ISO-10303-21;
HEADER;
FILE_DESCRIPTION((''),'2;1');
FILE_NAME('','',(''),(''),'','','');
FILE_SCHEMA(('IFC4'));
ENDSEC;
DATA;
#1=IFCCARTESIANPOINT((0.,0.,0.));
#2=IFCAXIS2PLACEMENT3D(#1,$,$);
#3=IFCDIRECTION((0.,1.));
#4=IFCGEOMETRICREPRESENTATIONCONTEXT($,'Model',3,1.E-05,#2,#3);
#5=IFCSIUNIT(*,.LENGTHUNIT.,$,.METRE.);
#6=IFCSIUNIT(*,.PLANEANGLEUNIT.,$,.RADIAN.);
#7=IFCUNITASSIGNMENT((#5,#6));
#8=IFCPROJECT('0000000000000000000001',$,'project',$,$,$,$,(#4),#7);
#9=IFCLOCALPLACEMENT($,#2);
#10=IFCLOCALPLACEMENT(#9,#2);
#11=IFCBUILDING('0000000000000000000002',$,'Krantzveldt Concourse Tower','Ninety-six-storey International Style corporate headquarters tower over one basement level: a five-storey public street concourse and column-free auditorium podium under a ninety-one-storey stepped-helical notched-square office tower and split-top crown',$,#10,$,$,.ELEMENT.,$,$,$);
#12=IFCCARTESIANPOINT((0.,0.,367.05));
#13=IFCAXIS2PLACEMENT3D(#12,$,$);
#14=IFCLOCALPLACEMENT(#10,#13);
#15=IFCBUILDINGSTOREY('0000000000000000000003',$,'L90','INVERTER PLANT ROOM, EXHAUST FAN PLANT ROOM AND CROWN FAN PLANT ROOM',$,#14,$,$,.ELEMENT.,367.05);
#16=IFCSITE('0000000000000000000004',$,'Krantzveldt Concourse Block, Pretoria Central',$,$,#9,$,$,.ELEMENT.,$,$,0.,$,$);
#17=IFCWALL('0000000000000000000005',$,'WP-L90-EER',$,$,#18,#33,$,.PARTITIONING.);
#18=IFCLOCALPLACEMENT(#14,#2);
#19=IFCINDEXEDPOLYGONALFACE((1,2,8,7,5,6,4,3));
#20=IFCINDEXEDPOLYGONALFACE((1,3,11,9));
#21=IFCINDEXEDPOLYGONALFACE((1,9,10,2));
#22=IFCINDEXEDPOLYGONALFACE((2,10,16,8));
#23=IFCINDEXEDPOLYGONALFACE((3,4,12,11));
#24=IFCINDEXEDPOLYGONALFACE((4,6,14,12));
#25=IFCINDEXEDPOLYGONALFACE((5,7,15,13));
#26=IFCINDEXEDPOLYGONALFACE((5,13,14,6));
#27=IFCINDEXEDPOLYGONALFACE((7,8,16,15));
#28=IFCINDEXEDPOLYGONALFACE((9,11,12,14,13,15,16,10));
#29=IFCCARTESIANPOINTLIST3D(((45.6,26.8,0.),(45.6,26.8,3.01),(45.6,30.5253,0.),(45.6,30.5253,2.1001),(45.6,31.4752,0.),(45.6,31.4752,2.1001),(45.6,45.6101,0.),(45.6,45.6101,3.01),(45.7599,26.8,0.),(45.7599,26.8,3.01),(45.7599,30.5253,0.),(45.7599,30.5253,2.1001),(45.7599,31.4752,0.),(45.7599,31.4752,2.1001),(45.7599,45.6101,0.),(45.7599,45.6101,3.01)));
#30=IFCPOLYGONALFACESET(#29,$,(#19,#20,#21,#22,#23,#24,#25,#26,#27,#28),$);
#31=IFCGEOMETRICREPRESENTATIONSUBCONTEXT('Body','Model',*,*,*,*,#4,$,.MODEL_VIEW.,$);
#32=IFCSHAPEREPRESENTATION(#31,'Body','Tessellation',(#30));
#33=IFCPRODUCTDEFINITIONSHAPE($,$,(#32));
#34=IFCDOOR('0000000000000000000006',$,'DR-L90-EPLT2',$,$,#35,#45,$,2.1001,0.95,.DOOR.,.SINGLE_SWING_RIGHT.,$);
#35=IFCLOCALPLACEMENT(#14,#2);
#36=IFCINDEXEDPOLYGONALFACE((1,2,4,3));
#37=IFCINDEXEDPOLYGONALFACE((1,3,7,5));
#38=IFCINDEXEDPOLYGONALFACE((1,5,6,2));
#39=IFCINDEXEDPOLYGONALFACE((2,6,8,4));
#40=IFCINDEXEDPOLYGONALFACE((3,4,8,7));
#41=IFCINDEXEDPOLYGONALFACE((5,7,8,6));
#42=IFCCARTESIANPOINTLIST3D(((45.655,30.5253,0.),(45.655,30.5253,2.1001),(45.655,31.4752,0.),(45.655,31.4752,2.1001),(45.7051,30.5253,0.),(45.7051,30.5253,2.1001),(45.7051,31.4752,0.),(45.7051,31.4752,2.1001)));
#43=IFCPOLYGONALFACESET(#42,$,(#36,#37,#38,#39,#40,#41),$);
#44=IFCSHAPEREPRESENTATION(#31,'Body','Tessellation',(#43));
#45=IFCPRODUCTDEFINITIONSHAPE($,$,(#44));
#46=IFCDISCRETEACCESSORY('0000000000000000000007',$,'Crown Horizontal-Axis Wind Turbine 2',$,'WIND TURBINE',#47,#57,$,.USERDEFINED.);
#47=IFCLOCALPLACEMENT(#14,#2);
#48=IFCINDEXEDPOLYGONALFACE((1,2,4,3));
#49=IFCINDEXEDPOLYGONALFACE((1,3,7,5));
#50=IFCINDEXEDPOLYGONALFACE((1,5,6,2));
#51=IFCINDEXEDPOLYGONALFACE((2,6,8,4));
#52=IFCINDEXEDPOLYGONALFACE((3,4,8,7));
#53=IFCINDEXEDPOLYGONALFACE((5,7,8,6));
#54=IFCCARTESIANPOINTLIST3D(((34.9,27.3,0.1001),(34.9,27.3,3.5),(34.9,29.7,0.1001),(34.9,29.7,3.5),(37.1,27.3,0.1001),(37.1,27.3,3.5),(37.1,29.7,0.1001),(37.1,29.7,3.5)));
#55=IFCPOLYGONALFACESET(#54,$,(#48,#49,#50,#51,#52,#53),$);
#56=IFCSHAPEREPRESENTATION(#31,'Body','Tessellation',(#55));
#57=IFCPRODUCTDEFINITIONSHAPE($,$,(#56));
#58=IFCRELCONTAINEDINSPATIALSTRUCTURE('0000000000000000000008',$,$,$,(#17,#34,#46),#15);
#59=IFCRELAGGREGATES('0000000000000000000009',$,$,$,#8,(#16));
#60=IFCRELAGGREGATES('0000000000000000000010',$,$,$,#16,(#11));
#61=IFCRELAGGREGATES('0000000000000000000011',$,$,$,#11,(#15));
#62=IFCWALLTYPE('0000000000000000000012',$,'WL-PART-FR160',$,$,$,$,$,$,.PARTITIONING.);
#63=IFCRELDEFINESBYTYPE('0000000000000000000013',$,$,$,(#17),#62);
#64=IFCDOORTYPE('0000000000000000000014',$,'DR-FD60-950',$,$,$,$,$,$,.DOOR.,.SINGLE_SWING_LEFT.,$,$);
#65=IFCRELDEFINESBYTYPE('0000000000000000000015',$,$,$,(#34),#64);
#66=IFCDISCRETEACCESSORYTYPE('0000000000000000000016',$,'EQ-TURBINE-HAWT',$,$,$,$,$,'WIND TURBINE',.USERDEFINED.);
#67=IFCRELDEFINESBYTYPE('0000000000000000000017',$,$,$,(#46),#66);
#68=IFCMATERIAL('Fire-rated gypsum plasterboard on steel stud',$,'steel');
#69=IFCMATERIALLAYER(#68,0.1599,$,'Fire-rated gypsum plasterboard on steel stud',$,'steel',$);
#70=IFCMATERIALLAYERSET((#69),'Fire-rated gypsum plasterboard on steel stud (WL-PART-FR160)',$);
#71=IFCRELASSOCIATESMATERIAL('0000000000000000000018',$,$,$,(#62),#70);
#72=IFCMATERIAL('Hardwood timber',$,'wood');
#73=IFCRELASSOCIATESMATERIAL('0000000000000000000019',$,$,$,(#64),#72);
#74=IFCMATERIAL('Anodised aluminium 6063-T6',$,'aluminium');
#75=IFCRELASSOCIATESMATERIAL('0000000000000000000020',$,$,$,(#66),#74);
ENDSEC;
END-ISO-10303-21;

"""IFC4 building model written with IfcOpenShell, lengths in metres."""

from ifc_helpers import new_model, si_unit, direction, frame, frame_2d, origin, origin_2d, place, context, subcontext, project, spatial, rectangle, extrude, source, transform, mapped, material, layer, layer_set, type_object, type_shapes, element, fill, save


model = new_model("IFC4")

# Units and contexts
model_context = context("Model", 3, precision=1e-05, world=origin(), true_north=direction((0.0, 1.0)))
body_context = subcontext(model_context, "Body", "Model", "MODEL_VIEW")
ifc_project = project(units=[si_unit("LENGTHUNIT", "METRE"), si_unit("PLANEANGLEUNIT", "RADIAN")], contexts=[model_context])

# Site, building, storey
site_placement = place(None, origin())
site = spatial("IfcSite", under=ifc_project, at=site_placement, Name="Krantzveldt Concourse Block, Pretoria Central", CompositionType="ELEMENT", RefElevation=0.0)
building_placement = place(site_placement, origin())
building = spatial("IfcBuilding", under=site, at=building_placement, Name="Krantzveldt Concourse Tower", Description="Ninety-six-storey International Style corporate headquarters tower over one basement level: a five-storey public street concourse and column-free auditorium podium under a ninety-one-storey stepped-helical notched-square office tower and split-top crown", CompositionType="ELEMENT")
storey_placement = place(building_placement, frame((0.0, 0.0, 367.05)))
storey = spatial("IfcBuildingStorey", under=building, at=storey_placement, Name="L90", Description="INVERTER PLANT ROOM, EXHAUST FAN PLANT ROOM AND CROWN FAN PLANT ROOM", CompositionType="ELEMENT", Elevation=367.05)

# Shared definitions
ifc_material_1 = material(Name="Anodised aluminium 6063-T6", Category="aluminium")

# Shared definitions
ifc_material_2 = material(Name="Fire-rated gypsum plasterboard on steel stud", Category="steel")

# Shared definitions
ifc_layer_1 = layer(ifc_material_2, 0.1599, Name="Fire-rated gypsum plasterboard on steel stud", Category="steel")
ifc_layer_set_1 = layer_set([ifc_layer_1], Name="Fire-rated gypsum plasterboard on steel stud (WL-PART-FR160)")
wall_type_1 = type_object("IfcWallType", Name="WL-PART-FR160", PredefinedType="PARTITIONING", material=ifc_layer_set_1)

# Wall, opening, door
wall_1_placement = place(storey_placement, frame((45.6799, 26.8, 0.0), z_axis=(0.0, 0.0, 1.0), x_axis=(0.0, 1.0, 0.0)))
wall_1 = element("IfcWall", 1, at=wall_1_placement, inside=storey, type_object=wall_type_1, Name="WP-L90-EER", PredefinedType="PARTITIONING", context=body_context, shape_type="SweptSolid", body=[
    extrude(rectangle(XDim=18.8101, YDim=0.1599, at=frame_2d((9.405, 0.0))), origin(), (0.0, 0.0, 1.0), 3.01),
])
opening_1_placement = place(wall_1_placement, frame((3.7251, 0.0, 0.0)))
opening_1 = element("IfcOpeningElement", 2, at=opening_1_placement, cuts=wall_1, PredefinedType="OPENING", context=body_context, shape_type="SweptSolid", body=[
    extrude(rectangle(XDim=0.95, YDim=2.1001, at=frame_2d((0.4751, 1.05))), frame((0.0, 0.0898, 0.0), z_axis=(0.0, -1.0, 0.0), x_axis=(1.0, 0.0, 0.0)), (0.0, 0.0, 1.0), 0.1799),
])
ifc_material_3 = material(Name="Hardwood timber", Category="wood")
door_type_1 = type_object("IfcDoorType", Name="DR-FD60-950", OperationType="SINGLE_SWING_LEFT", PredefinedType="DOOR", material=ifc_material_3)
door_1_placement = place(opening_1_placement, origin())
door_1 = element("IfcDoor", 3, at=door_1_placement, inside=storey, type_object=door_type_1, Name="DR-L90-EPLT2", OperationType="SINGLE_SWING_RIGHT", OverallHeight=2.1001, OverallWidth=0.95, PredefinedType="DOOR", context=body_context, shape_type="SweptSolid", body=[
    extrude(rectangle(XDim=0.95, YDim=2.1001, at=frame_2d((0.4751, 1.05))), frame((0.0, 0.0249, 0.0), z_axis=(0.0, -1.0, 0.0), x_axis=(1.0, 0.0, 0.0)), (0.0, 0.0, 1.0), 0.05),
])
fill(opening_1, door_1)

# Discrete accessory
discrete_accessory_type = type_object("IfcDiscreteAccessoryType", Name="EQ-TURBINE-HAWT", ElementType="WIND TURBINE", PredefinedType="USERDEFINED", material=ifc_material_1)
shared_shape_1 = source(origin(), body_context, "Body", "SweptSolid", [
    extrude(rectangle(XDim=2.2, YDim=2.3999, at=origin_2d()), origin(), (0.0, 0.0, 1.0), 3.3999),
])
type_shapes(discrete_accessory_type, [shared_shape_1])
discrete_accessory_placement = place(storey_placement, frame((36.0, 28.5, 0.1001), z_axis=(0.0, 0.0, 1.0), x_axis=(1.0, 0.0, 0.0)))
element("IfcDiscreteAccessory", 4, at=discrete_accessory_placement, inside=storey, type_object=discrete_accessory_type, Name="Crown Horizontal-Axis Wind Turbine 2", ObjectType="WIND TURBINE", PredefinedType="USERDEFINED", context=body_context, shape_type="MappedRepresentation", body=[
    mapped(shared_shape_1, transform((0.0, 0.0, 0.0), x_axis=(1.0, 0.0, 0.0), y_axis=(0.0, 1.0, 0.0), z_axis=(0.0, 0.0, 1.0), scale=1.0)),
])

save(model, "model.ifc")
